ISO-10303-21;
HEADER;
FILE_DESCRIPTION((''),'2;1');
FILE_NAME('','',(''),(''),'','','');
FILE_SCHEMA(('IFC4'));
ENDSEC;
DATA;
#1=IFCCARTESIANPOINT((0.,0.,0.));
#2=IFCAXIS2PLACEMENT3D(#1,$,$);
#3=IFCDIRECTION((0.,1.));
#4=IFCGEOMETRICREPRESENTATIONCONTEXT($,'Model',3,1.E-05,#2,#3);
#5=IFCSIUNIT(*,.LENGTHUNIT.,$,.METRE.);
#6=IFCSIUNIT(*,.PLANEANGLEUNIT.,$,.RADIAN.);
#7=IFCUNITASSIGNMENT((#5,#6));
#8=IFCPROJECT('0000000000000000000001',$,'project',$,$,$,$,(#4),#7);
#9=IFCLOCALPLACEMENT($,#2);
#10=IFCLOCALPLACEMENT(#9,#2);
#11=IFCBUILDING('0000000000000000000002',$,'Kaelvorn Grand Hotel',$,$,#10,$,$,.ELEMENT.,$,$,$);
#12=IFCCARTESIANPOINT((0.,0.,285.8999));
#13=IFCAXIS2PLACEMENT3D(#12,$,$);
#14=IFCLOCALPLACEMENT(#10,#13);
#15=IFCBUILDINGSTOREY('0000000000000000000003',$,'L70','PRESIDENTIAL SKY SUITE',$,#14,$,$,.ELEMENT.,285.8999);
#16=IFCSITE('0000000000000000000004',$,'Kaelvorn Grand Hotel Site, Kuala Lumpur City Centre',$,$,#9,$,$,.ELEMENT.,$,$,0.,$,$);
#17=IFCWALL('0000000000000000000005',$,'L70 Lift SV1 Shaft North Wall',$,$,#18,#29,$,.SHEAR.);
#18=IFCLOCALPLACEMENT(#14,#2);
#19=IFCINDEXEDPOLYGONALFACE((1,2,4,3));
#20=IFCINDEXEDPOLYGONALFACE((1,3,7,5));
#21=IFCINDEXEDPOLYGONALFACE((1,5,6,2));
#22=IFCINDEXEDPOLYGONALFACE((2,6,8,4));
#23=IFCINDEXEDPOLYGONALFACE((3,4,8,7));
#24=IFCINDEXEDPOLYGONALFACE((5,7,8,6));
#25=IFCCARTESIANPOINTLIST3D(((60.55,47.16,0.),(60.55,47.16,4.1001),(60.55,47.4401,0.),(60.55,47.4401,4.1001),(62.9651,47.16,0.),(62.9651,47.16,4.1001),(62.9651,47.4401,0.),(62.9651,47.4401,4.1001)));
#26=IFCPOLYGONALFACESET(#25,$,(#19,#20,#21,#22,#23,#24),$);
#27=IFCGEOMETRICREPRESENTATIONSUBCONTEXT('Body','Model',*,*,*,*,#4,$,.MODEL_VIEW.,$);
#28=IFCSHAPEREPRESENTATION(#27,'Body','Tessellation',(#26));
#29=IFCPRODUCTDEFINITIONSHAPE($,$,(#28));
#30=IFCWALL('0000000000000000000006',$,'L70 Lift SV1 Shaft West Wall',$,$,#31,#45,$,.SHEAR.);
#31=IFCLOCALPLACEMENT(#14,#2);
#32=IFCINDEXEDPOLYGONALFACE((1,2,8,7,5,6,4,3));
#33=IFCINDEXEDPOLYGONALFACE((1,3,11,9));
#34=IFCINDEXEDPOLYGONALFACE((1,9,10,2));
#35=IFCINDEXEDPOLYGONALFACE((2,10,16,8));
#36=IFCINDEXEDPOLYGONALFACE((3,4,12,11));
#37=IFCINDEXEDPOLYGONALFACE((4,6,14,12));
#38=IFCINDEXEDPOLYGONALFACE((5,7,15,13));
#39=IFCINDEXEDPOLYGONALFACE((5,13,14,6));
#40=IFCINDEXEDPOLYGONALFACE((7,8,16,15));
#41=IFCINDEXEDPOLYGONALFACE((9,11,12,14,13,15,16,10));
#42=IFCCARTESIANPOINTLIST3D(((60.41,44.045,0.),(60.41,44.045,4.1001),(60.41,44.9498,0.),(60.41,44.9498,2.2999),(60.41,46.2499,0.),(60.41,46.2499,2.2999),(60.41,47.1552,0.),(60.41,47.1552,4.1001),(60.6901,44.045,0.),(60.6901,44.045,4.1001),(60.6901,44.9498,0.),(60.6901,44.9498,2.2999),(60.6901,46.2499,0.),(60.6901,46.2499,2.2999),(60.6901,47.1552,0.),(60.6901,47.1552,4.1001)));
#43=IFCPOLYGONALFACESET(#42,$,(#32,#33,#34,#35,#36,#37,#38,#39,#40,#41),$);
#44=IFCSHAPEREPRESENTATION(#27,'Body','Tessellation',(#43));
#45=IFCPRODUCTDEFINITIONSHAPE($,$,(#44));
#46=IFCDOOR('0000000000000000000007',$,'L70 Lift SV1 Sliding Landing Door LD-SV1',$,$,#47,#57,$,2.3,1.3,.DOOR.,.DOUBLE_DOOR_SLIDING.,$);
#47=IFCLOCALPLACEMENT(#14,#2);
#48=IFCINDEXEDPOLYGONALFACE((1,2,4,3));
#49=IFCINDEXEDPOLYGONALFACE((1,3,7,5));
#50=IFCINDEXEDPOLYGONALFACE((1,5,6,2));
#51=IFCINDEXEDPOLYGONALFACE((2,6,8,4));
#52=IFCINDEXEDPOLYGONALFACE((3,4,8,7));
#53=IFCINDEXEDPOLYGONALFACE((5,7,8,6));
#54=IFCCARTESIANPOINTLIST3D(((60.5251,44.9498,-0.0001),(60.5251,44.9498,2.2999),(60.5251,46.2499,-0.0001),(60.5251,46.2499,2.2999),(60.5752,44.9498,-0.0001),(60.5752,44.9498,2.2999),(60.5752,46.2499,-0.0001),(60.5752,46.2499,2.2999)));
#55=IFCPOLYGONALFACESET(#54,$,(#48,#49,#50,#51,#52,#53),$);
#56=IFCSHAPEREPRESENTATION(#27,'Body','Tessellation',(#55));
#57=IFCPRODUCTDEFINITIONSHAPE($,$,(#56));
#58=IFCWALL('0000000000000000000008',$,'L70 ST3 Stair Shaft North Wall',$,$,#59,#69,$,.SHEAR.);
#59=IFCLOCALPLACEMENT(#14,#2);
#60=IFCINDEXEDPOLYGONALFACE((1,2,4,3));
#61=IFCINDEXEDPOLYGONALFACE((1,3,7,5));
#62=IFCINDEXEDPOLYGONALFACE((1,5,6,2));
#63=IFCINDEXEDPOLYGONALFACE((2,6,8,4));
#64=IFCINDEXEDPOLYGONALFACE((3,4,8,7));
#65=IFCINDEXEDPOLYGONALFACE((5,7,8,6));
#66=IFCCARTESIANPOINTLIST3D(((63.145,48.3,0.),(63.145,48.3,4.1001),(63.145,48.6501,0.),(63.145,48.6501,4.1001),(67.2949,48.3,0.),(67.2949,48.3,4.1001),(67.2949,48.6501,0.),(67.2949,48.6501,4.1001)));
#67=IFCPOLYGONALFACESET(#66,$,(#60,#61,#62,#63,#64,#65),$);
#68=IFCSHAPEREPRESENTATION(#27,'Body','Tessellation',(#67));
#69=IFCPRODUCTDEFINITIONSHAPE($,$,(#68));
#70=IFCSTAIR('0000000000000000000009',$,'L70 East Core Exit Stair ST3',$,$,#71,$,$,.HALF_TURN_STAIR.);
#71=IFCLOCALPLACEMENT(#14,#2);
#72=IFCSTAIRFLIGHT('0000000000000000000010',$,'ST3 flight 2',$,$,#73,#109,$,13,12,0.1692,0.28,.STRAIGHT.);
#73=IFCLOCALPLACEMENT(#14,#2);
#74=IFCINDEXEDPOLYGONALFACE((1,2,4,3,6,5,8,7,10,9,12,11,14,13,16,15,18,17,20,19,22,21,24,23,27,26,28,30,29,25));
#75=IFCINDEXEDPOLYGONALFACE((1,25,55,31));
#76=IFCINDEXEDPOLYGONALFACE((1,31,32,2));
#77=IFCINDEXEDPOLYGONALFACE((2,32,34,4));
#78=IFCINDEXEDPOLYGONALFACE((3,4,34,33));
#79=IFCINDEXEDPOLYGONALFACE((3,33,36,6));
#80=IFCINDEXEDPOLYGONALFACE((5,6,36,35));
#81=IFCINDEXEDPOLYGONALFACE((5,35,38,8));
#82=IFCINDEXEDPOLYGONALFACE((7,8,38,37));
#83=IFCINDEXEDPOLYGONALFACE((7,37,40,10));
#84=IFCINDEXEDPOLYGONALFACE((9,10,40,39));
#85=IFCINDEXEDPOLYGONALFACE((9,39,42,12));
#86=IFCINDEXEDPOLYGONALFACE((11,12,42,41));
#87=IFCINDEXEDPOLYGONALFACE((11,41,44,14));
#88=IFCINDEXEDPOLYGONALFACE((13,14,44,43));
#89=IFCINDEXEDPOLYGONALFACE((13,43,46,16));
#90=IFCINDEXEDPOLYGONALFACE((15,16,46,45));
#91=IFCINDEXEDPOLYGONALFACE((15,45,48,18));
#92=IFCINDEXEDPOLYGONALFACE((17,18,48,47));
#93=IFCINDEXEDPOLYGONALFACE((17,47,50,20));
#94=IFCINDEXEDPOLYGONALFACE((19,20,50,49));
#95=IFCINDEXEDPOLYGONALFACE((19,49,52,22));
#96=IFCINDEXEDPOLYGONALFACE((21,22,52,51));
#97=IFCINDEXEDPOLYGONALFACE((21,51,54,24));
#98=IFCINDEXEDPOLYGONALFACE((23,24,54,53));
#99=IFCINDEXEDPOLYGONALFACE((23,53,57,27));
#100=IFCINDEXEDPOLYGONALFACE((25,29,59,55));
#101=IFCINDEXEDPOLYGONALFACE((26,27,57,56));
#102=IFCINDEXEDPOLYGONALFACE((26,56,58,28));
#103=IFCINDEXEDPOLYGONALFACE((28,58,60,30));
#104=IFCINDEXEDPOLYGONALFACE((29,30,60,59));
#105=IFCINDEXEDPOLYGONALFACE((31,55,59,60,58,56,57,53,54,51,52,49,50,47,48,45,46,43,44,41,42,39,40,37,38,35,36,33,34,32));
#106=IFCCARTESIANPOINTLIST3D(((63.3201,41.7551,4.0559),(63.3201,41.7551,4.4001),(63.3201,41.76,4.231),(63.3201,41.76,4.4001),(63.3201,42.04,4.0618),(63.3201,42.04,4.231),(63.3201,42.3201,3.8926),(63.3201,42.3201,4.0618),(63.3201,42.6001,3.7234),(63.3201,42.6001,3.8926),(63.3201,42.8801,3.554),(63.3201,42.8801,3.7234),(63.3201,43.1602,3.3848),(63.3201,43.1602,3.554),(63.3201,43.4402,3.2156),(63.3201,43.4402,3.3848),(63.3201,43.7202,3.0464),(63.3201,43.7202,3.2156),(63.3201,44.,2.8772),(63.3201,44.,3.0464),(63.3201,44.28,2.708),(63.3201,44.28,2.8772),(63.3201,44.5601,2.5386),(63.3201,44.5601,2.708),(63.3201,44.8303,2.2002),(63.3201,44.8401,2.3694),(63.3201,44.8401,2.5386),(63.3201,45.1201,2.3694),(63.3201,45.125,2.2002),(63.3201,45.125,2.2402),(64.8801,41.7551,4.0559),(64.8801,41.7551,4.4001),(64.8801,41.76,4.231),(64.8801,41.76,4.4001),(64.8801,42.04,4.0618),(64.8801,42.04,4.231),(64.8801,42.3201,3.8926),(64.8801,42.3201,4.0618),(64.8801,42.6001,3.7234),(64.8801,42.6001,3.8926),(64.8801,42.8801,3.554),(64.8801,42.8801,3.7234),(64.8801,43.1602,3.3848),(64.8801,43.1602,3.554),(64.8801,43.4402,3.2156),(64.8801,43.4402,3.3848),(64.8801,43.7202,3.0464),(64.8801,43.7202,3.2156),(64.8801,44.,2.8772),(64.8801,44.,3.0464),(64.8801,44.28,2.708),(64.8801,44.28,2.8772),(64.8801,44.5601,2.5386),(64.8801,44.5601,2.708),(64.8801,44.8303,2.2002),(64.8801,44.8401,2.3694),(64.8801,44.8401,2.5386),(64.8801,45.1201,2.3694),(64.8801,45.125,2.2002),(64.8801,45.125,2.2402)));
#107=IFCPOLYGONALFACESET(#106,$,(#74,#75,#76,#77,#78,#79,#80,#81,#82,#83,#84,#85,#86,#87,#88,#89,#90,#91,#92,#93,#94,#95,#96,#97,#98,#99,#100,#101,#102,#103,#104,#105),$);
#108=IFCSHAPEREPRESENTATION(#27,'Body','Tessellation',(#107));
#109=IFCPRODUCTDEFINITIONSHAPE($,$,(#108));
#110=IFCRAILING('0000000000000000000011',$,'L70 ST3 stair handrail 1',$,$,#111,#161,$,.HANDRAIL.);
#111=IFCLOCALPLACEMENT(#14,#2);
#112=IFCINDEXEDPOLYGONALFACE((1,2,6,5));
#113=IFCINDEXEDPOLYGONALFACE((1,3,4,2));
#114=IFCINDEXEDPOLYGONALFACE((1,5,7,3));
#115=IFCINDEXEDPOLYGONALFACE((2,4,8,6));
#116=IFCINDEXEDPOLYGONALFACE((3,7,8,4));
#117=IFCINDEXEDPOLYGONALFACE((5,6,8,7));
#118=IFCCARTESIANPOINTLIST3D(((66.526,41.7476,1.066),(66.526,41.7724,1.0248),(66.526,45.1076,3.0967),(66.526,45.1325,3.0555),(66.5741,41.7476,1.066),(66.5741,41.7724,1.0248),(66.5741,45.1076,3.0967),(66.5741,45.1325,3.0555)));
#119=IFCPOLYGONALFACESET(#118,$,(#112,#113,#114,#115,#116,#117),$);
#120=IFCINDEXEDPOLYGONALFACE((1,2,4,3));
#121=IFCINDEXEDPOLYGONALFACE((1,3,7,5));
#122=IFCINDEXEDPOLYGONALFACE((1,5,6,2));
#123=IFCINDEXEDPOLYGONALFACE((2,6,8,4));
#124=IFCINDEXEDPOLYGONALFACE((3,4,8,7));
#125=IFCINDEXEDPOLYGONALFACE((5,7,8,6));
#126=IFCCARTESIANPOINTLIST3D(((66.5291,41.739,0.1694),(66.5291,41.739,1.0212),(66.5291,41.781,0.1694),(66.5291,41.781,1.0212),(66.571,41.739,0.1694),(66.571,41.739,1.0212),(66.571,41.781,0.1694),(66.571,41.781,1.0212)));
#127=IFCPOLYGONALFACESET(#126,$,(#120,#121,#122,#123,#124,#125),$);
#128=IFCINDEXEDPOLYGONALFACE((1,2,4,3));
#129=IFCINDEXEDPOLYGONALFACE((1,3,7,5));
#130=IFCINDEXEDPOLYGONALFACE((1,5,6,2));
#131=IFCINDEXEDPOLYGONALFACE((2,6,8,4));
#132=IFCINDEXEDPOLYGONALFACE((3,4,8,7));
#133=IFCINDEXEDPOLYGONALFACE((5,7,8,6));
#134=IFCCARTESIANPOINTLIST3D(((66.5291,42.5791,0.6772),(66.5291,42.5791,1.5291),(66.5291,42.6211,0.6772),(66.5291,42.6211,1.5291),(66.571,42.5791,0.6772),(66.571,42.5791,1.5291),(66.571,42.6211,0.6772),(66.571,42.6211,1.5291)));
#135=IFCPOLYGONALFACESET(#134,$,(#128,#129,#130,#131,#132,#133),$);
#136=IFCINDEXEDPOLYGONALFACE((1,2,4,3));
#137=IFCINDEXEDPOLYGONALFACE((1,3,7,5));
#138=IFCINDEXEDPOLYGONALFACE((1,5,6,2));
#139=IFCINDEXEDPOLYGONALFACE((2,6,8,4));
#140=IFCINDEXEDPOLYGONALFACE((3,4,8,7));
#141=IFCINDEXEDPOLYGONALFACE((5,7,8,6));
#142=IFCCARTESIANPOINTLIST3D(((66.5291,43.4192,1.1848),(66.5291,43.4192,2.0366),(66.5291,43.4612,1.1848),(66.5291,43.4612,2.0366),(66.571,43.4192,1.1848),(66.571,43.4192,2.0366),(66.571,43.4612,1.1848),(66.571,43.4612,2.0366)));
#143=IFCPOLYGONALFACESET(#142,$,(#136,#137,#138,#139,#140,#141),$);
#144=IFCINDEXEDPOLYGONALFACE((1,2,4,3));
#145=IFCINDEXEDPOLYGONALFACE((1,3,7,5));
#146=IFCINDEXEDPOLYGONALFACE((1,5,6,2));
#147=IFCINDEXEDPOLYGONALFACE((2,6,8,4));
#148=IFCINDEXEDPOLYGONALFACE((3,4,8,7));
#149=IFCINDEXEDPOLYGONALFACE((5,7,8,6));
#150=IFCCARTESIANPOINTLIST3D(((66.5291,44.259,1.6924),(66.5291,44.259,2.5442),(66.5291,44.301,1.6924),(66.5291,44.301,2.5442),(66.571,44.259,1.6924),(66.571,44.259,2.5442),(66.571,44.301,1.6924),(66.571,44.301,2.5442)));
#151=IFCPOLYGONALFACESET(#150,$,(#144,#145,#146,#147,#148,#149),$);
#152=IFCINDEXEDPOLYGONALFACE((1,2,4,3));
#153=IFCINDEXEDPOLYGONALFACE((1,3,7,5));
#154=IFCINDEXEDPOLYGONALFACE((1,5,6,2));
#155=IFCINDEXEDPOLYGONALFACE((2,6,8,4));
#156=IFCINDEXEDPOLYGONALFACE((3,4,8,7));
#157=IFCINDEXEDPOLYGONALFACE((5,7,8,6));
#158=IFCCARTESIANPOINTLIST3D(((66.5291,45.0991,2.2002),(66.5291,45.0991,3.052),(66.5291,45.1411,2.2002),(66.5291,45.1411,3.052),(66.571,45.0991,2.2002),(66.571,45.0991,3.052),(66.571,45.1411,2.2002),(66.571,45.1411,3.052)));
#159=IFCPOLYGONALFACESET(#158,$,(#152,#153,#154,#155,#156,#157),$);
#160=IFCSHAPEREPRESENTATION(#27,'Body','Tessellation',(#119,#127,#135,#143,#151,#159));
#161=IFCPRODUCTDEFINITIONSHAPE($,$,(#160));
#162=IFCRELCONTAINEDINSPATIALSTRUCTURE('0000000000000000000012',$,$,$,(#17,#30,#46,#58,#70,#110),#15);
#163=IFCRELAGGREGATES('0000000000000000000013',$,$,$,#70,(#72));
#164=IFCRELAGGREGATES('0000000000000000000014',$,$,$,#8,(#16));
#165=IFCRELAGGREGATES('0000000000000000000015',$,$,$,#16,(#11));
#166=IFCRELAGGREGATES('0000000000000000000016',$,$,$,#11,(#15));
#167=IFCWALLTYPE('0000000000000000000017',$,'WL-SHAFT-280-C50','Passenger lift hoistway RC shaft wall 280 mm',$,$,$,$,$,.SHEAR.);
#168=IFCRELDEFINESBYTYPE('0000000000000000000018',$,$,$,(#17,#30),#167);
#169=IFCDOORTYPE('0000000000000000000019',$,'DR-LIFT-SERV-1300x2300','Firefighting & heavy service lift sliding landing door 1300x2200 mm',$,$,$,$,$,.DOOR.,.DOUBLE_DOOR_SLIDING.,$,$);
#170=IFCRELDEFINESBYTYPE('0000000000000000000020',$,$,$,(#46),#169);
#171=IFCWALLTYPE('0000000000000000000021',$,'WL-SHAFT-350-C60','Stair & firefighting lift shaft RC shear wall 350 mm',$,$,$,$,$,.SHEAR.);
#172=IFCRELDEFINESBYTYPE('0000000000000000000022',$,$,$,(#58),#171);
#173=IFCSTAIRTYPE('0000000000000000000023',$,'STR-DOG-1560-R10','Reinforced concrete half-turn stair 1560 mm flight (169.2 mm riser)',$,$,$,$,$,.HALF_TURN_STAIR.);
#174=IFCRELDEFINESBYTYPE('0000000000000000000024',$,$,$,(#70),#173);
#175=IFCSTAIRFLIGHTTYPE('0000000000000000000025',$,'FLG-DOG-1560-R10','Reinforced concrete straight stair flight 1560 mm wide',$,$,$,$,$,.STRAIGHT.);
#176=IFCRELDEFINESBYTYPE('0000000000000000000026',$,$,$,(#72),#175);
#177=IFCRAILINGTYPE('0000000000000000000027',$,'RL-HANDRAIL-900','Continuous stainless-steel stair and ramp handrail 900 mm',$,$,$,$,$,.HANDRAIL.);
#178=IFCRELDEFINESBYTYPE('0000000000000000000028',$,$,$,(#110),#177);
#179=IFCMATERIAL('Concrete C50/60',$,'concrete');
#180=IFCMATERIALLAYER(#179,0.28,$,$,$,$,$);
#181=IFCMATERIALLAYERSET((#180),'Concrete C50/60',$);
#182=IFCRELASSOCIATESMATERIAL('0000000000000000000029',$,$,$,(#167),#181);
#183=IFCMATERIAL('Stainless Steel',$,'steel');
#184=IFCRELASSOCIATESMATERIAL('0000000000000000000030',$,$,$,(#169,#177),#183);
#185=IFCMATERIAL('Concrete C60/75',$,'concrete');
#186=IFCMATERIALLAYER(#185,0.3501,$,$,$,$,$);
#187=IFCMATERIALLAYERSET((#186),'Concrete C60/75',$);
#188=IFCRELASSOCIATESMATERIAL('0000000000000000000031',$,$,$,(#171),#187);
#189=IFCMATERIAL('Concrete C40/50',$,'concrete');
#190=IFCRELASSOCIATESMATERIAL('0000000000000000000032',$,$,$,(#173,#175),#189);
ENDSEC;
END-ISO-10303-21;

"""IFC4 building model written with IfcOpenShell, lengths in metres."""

from ifc_helpers import new_model, si_unit, direction, frame, frame_2d, origin, origin_2d, place, context, subcontext, project, spatial, polyline, rectangle, outline, extrude, material, layer, layer_set, type_object, element, fill, aggregate, save


model = new_model("IFC4")

# Units and contexts
model_context = context("Model", 3, precision=1e-05, world=origin(), true_north=direction((0.0, 1.0)))
body_context = subcontext(model_context, "Body", "Model", "MODEL_VIEW")
ifc_project = project(units=[si_unit("LENGTHUNIT", "METRE"), si_unit("PLANEANGLEUNIT", "RADIAN")], contexts=[model_context])

# Site, building, storey
site_placement = place(None, origin())
site = spatial("IfcSite", under=ifc_project, at=site_placement, Name="Kaelvorn Grand Hotel Site, Kuala Lumpur City Centre", CompositionType="ELEMENT", RefElevation=0.0)
building_placement = place(site_placement, origin())
building = spatial("IfcBuilding", under=site, at=building_placement, Name="Kaelvorn Grand Hotel", CompositionType="ELEMENT")
storey_placement = place(building_placement, frame((0.0, 0.0, 285.8999)))
storey = spatial("IfcBuildingStorey", under=building, at=storey_placement, Name="L70", Description="PRESIDENTIAL SKY SUITE", CompositionType="ELEMENT", Elevation=285.8999)

# Shared definitions
ifc_material_1 = material(Name="Concrete C60/75", Category="concrete")
ifc_material_2 = material(Name="Concrete C50/60", Category="concrete")

# Shared definitions
ifc_material_3 = material(Name="Concrete C40/50", Category="concrete")

# Wall
ifc_layer_1 = layer(ifc_material_2, 0.28)
ifc_layer_set_1 = layer_set([ifc_layer_1], Name="Concrete C50/60")
wall_type_1 = type_object("IfcWallType", Name="WL-SHAFT-280-C50", Description="Passenger lift hoistway RC shaft wall 280 mm", PredefinedType="SHEAR", material=ifc_layer_set_1)
for number, where, z_axis, x_axis, name in (
    (1, (60.55, 47.3, 0.0), (0.0, 0.0, 1.0), (1.0, 0.0, 0.0), "L70 Lift SV1 Shaft North Wall"),
):
    element("IfcWall", number, at=place(storey_placement, frame(where, z_axis=z_axis, x_axis=x_axis)), inside=storey, type_object=wall_type_1, Name=name, PredefinedType="SHEAR", context=body_context, shape_type="SweptSolid", body=[
        extrude(rectangle(XDim=2.415, YDim=0.28, at=frame_2d((1.2075, 0.0))), origin(), (0.0, 0.0, 1.0), 4.1001),
    ])

# Wall, opening, door
wall_1_placement = place(storey_placement, frame((60.55, 44.0449, 0.0), z_axis=(0.0, 0.0, 1.0), x_axis=(0.0, 1.0, 0.0)))
wall_1 = element("IfcWall", 2, at=wall_1_placement, inside=storey, type_object=wall_type_1, Name="L70 Lift SV1 Shaft West Wall", PredefinedType="SHEAR", context=body_context, shape_type="SweptSolid", body=[
    extrude(rectangle(XDim=3.1101, YDim=0.28, at=frame_2d((1.5552, 0.0))), origin(), (0.0, 0.0, 1.0), 4.1001),
])
opening_1_placement = place(wall_1_placement, frame((0.905, 0.0, 0.0)))
opening_1 = element("IfcOpeningElement", 3, at=opening_1_placement, cuts=wall_1, PredefinedType="OPENING", context=body_context, shape_type="SweptSolid", body=[
    extrude(rectangle(XDim=1.3, YDim=2.3, at=frame_2d((0.6499, 1.1499))), frame((0.0, 0.1499, 0.0), z_axis=(0.0, -1.0, 0.0), x_axis=(1.0, 0.0, 0.0)), (0.0, 0.0, 1.0), 0.3),
])
ifc_material_4 = material(Name="Stainless Steel", Category="steel")
door_type = type_object("IfcDoorType", Name="DR-LIFT-SERV-1300x2300", Description="Firefighting & heavy service lift sliding landing door 1300x2200 mm", OperationType="DOUBLE_DOOR_SLIDING", PredefinedType="DOOR", material=ifc_material_4)
door_placement = place(opening_1_placement, origin())
door = element("IfcDoor", 4, at=door_placement, inside=storey, type_object=door_type, Name="L70 Lift SV1 Sliding Landing Door LD-SV1", OperationType="DOUBLE_DOOR_SLIDING", OverallHeight=2.3, OverallWidth=1.3, PredefinedType="DOOR", context=body_context, shape_type="SweptSolid", body=[
    extrude(rectangle(XDim=1.3, YDim=2.3, at=frame_2d((0.6499, 1.1499))), frame((0.0, 0.0249, 0.0), z_axis=(0.0, -1.0, 0.0), x_axis=(1.0, 0.0, 0.0)), (0.0, 0.0, 1.0), 0.05),
])
fill(opening_1, door)

# Wall
ifc_layer_2 = layer(ifc_material_1, 0.3501)
ifc_layer_set_2 = layer_set([ifc_layer_2], Name="Concrete C60/75")
wall_type_2 = type_object("IfcWallType", Name="WL-SHAFT-350-C60", Description="Stair & firefighting lift shaft RC shear wall 350 mm", PredefinedType="SHEAR", material=ifc_layer_set_2)
wall_2_placement = place(storey_placement, frame((63.145, 48.4751, 0.0), z_axis=(0.0, 0.0, 1.0), x_axis=(1.0, 0.0, 0.0)))
element("IfcWall", 5, at=wall_2_placement, inside=storey, type_object=wall_type_2, Name="L70 ST3 Stair Shaft North Wall", PredefinedType="SHEAR", context=body_context, shape_type="SweptSolid", body=[
    extrude(rectangle(XDim=4.1499, YDim=0.3501, at=frame_2d((2.075, 0.0))), origin(), (0.0, 0.0, 1.0), 4.1001),
])

# Stair, stair flight
stair_type = type_object("IfcStairType", Name="STR-DOG-1560-R10", Description="Reinforced concrete half-turn stair 1560 mm flight (169.2 mm riser)", PredefinedType="HALF_TURN_STAIR", material=ifc_material_3)
stair_placement = place(storey_placement, origin())
stair = element("IfcStair", 6, at=stair_placement, inside=storey, type_object=stair_type, Name="L70 East Core Exit Stair ST3", PredefinedType="HALF_TURN_STAIR")
stair_flight_type = type_object("IfcStairFlightType", Name="FLG-DOG-1560-R10", Description="Reinforced concrete straight stair flight 1560 mm wide", PredefinedType="STRAIGHT", material=ifc_material_3)
stair_flight_placement = place(storey_placement, frame((64.1001, 45.1201, 2.2002), z_axis=(0.0, 0.0, 1.0), x_axis=(0.0, -1.0, 0.0)))
stair_flight = element("IfcStairFlight", 7, at=stair_flight_placement, type_object=stair_flight_type, Name="ST3 flight 2", NumberOfRisers=13, NumberOfTreads=12, PredefinedType="STRAIGHT", RiserHeight=0.1692, TreadLength=0.28, context=body_context, shape_type="SweptSolid", body=[
    extrude(outline(polyline([(-0.0049, 0.0), (-0.0049, 0.04), (0.0, 0.1692), (0.28, 0.1692), (0.28, 0.3384), (0.5601, 0.3384), (0.5601, 0.5078), (0.8401, 0.5078), (0.8401, 0.677), (1.1201, 0.677), (1.1201, 0.8462), (1.3999, 0.8462), (1.3999, 1.0154), (1.6799, 1.0154), (1.6799, 1.1846), (1.96, 1.1846), (1.96, 1.3538), (2.24, 1.3538), (2.24, 1.5232), (2.52, 1.5232), (2.52, 1.6924), (2.8, 1.6924), (2.8, 1.8616), (3.0801, 1.8616), (3.0801, 2.0308), (3.3601, 2.0308), (3.3601, 2.2), (3.365, 2.2), (3.365, 1.8557), (0.2898, 0.0), (-0.0049, 0.0)])), frame((0.0, 0.78, 0.0), z_axis=(0.0, -1.0, 0.0), x_axis=(1.0, 0.0, 0.0)), (0.0, 0.0, 1.0), 1.5601),
])
aggregate(stair, [stair_flight])

# Railing
railing_type_1 = type_object("IfcRailingType", Name="RL-HANDRAIL-900", Description="Continuous stainless-steel stair and ramp handrail 900 mm", PredefinedType="HANDRAIL", material=ifc_material_4)
railing_1_placement = place(storey_placement, frame((66.55, 41.76, 0.1694)))
element("IfcRailing", 8, at=railing_1_placement, inside=storey, type_object=railing_type_1, Name="L70 ST3 stair handrail 1", PredefinedType="HANDRAIL", context=body_context, shape_type="SweptSolid", body=[
    extrude(rectangle(XDim=0.0481, YDim=0.0481, at=origin_2d()), frame((0.0, 0.0, 0.876), z_axis=(0.0, 0.855837, 0.517246), x_axis=(-1.0, 0.0, 0.0)), (0.0, 0.0, 1.0), 3.926),
    extrude(rectangle(XDim=0.042, YDim=0.042, at=origin_2d()), origin(), (0.0, 0.0, 1.0), 0.8518),
    extrude(rectangle(XDim=0.042, YDim=0.042, at=origin_2d()), frame((0.0, 0.8401, 0.5078)), (0.0, 0.0, 1.0), 0.8518),
    extrude(rectangle(XDim=0.042, YDim=0.042, at=origin_2d()), frame((0.0, 1.6802, 1.0154)), (0.0, 0.0, 1.0), 0.8518),
    extrude(rectangle(XDim=0.042, YDim=0.042, at=origin_2d()), frame((0.0, 2.52, 1.5229)), (0.0, 0.0, 1.0), 0.8518),
    extrude(rectangle(XDim=0.042, YDim=0.042, at=origin_2d()), frame((0.0, 3.3601, 2.0308)), (0.0, 0.0, 1.0), 0.8518),
])

save(model, "model.ifc")
